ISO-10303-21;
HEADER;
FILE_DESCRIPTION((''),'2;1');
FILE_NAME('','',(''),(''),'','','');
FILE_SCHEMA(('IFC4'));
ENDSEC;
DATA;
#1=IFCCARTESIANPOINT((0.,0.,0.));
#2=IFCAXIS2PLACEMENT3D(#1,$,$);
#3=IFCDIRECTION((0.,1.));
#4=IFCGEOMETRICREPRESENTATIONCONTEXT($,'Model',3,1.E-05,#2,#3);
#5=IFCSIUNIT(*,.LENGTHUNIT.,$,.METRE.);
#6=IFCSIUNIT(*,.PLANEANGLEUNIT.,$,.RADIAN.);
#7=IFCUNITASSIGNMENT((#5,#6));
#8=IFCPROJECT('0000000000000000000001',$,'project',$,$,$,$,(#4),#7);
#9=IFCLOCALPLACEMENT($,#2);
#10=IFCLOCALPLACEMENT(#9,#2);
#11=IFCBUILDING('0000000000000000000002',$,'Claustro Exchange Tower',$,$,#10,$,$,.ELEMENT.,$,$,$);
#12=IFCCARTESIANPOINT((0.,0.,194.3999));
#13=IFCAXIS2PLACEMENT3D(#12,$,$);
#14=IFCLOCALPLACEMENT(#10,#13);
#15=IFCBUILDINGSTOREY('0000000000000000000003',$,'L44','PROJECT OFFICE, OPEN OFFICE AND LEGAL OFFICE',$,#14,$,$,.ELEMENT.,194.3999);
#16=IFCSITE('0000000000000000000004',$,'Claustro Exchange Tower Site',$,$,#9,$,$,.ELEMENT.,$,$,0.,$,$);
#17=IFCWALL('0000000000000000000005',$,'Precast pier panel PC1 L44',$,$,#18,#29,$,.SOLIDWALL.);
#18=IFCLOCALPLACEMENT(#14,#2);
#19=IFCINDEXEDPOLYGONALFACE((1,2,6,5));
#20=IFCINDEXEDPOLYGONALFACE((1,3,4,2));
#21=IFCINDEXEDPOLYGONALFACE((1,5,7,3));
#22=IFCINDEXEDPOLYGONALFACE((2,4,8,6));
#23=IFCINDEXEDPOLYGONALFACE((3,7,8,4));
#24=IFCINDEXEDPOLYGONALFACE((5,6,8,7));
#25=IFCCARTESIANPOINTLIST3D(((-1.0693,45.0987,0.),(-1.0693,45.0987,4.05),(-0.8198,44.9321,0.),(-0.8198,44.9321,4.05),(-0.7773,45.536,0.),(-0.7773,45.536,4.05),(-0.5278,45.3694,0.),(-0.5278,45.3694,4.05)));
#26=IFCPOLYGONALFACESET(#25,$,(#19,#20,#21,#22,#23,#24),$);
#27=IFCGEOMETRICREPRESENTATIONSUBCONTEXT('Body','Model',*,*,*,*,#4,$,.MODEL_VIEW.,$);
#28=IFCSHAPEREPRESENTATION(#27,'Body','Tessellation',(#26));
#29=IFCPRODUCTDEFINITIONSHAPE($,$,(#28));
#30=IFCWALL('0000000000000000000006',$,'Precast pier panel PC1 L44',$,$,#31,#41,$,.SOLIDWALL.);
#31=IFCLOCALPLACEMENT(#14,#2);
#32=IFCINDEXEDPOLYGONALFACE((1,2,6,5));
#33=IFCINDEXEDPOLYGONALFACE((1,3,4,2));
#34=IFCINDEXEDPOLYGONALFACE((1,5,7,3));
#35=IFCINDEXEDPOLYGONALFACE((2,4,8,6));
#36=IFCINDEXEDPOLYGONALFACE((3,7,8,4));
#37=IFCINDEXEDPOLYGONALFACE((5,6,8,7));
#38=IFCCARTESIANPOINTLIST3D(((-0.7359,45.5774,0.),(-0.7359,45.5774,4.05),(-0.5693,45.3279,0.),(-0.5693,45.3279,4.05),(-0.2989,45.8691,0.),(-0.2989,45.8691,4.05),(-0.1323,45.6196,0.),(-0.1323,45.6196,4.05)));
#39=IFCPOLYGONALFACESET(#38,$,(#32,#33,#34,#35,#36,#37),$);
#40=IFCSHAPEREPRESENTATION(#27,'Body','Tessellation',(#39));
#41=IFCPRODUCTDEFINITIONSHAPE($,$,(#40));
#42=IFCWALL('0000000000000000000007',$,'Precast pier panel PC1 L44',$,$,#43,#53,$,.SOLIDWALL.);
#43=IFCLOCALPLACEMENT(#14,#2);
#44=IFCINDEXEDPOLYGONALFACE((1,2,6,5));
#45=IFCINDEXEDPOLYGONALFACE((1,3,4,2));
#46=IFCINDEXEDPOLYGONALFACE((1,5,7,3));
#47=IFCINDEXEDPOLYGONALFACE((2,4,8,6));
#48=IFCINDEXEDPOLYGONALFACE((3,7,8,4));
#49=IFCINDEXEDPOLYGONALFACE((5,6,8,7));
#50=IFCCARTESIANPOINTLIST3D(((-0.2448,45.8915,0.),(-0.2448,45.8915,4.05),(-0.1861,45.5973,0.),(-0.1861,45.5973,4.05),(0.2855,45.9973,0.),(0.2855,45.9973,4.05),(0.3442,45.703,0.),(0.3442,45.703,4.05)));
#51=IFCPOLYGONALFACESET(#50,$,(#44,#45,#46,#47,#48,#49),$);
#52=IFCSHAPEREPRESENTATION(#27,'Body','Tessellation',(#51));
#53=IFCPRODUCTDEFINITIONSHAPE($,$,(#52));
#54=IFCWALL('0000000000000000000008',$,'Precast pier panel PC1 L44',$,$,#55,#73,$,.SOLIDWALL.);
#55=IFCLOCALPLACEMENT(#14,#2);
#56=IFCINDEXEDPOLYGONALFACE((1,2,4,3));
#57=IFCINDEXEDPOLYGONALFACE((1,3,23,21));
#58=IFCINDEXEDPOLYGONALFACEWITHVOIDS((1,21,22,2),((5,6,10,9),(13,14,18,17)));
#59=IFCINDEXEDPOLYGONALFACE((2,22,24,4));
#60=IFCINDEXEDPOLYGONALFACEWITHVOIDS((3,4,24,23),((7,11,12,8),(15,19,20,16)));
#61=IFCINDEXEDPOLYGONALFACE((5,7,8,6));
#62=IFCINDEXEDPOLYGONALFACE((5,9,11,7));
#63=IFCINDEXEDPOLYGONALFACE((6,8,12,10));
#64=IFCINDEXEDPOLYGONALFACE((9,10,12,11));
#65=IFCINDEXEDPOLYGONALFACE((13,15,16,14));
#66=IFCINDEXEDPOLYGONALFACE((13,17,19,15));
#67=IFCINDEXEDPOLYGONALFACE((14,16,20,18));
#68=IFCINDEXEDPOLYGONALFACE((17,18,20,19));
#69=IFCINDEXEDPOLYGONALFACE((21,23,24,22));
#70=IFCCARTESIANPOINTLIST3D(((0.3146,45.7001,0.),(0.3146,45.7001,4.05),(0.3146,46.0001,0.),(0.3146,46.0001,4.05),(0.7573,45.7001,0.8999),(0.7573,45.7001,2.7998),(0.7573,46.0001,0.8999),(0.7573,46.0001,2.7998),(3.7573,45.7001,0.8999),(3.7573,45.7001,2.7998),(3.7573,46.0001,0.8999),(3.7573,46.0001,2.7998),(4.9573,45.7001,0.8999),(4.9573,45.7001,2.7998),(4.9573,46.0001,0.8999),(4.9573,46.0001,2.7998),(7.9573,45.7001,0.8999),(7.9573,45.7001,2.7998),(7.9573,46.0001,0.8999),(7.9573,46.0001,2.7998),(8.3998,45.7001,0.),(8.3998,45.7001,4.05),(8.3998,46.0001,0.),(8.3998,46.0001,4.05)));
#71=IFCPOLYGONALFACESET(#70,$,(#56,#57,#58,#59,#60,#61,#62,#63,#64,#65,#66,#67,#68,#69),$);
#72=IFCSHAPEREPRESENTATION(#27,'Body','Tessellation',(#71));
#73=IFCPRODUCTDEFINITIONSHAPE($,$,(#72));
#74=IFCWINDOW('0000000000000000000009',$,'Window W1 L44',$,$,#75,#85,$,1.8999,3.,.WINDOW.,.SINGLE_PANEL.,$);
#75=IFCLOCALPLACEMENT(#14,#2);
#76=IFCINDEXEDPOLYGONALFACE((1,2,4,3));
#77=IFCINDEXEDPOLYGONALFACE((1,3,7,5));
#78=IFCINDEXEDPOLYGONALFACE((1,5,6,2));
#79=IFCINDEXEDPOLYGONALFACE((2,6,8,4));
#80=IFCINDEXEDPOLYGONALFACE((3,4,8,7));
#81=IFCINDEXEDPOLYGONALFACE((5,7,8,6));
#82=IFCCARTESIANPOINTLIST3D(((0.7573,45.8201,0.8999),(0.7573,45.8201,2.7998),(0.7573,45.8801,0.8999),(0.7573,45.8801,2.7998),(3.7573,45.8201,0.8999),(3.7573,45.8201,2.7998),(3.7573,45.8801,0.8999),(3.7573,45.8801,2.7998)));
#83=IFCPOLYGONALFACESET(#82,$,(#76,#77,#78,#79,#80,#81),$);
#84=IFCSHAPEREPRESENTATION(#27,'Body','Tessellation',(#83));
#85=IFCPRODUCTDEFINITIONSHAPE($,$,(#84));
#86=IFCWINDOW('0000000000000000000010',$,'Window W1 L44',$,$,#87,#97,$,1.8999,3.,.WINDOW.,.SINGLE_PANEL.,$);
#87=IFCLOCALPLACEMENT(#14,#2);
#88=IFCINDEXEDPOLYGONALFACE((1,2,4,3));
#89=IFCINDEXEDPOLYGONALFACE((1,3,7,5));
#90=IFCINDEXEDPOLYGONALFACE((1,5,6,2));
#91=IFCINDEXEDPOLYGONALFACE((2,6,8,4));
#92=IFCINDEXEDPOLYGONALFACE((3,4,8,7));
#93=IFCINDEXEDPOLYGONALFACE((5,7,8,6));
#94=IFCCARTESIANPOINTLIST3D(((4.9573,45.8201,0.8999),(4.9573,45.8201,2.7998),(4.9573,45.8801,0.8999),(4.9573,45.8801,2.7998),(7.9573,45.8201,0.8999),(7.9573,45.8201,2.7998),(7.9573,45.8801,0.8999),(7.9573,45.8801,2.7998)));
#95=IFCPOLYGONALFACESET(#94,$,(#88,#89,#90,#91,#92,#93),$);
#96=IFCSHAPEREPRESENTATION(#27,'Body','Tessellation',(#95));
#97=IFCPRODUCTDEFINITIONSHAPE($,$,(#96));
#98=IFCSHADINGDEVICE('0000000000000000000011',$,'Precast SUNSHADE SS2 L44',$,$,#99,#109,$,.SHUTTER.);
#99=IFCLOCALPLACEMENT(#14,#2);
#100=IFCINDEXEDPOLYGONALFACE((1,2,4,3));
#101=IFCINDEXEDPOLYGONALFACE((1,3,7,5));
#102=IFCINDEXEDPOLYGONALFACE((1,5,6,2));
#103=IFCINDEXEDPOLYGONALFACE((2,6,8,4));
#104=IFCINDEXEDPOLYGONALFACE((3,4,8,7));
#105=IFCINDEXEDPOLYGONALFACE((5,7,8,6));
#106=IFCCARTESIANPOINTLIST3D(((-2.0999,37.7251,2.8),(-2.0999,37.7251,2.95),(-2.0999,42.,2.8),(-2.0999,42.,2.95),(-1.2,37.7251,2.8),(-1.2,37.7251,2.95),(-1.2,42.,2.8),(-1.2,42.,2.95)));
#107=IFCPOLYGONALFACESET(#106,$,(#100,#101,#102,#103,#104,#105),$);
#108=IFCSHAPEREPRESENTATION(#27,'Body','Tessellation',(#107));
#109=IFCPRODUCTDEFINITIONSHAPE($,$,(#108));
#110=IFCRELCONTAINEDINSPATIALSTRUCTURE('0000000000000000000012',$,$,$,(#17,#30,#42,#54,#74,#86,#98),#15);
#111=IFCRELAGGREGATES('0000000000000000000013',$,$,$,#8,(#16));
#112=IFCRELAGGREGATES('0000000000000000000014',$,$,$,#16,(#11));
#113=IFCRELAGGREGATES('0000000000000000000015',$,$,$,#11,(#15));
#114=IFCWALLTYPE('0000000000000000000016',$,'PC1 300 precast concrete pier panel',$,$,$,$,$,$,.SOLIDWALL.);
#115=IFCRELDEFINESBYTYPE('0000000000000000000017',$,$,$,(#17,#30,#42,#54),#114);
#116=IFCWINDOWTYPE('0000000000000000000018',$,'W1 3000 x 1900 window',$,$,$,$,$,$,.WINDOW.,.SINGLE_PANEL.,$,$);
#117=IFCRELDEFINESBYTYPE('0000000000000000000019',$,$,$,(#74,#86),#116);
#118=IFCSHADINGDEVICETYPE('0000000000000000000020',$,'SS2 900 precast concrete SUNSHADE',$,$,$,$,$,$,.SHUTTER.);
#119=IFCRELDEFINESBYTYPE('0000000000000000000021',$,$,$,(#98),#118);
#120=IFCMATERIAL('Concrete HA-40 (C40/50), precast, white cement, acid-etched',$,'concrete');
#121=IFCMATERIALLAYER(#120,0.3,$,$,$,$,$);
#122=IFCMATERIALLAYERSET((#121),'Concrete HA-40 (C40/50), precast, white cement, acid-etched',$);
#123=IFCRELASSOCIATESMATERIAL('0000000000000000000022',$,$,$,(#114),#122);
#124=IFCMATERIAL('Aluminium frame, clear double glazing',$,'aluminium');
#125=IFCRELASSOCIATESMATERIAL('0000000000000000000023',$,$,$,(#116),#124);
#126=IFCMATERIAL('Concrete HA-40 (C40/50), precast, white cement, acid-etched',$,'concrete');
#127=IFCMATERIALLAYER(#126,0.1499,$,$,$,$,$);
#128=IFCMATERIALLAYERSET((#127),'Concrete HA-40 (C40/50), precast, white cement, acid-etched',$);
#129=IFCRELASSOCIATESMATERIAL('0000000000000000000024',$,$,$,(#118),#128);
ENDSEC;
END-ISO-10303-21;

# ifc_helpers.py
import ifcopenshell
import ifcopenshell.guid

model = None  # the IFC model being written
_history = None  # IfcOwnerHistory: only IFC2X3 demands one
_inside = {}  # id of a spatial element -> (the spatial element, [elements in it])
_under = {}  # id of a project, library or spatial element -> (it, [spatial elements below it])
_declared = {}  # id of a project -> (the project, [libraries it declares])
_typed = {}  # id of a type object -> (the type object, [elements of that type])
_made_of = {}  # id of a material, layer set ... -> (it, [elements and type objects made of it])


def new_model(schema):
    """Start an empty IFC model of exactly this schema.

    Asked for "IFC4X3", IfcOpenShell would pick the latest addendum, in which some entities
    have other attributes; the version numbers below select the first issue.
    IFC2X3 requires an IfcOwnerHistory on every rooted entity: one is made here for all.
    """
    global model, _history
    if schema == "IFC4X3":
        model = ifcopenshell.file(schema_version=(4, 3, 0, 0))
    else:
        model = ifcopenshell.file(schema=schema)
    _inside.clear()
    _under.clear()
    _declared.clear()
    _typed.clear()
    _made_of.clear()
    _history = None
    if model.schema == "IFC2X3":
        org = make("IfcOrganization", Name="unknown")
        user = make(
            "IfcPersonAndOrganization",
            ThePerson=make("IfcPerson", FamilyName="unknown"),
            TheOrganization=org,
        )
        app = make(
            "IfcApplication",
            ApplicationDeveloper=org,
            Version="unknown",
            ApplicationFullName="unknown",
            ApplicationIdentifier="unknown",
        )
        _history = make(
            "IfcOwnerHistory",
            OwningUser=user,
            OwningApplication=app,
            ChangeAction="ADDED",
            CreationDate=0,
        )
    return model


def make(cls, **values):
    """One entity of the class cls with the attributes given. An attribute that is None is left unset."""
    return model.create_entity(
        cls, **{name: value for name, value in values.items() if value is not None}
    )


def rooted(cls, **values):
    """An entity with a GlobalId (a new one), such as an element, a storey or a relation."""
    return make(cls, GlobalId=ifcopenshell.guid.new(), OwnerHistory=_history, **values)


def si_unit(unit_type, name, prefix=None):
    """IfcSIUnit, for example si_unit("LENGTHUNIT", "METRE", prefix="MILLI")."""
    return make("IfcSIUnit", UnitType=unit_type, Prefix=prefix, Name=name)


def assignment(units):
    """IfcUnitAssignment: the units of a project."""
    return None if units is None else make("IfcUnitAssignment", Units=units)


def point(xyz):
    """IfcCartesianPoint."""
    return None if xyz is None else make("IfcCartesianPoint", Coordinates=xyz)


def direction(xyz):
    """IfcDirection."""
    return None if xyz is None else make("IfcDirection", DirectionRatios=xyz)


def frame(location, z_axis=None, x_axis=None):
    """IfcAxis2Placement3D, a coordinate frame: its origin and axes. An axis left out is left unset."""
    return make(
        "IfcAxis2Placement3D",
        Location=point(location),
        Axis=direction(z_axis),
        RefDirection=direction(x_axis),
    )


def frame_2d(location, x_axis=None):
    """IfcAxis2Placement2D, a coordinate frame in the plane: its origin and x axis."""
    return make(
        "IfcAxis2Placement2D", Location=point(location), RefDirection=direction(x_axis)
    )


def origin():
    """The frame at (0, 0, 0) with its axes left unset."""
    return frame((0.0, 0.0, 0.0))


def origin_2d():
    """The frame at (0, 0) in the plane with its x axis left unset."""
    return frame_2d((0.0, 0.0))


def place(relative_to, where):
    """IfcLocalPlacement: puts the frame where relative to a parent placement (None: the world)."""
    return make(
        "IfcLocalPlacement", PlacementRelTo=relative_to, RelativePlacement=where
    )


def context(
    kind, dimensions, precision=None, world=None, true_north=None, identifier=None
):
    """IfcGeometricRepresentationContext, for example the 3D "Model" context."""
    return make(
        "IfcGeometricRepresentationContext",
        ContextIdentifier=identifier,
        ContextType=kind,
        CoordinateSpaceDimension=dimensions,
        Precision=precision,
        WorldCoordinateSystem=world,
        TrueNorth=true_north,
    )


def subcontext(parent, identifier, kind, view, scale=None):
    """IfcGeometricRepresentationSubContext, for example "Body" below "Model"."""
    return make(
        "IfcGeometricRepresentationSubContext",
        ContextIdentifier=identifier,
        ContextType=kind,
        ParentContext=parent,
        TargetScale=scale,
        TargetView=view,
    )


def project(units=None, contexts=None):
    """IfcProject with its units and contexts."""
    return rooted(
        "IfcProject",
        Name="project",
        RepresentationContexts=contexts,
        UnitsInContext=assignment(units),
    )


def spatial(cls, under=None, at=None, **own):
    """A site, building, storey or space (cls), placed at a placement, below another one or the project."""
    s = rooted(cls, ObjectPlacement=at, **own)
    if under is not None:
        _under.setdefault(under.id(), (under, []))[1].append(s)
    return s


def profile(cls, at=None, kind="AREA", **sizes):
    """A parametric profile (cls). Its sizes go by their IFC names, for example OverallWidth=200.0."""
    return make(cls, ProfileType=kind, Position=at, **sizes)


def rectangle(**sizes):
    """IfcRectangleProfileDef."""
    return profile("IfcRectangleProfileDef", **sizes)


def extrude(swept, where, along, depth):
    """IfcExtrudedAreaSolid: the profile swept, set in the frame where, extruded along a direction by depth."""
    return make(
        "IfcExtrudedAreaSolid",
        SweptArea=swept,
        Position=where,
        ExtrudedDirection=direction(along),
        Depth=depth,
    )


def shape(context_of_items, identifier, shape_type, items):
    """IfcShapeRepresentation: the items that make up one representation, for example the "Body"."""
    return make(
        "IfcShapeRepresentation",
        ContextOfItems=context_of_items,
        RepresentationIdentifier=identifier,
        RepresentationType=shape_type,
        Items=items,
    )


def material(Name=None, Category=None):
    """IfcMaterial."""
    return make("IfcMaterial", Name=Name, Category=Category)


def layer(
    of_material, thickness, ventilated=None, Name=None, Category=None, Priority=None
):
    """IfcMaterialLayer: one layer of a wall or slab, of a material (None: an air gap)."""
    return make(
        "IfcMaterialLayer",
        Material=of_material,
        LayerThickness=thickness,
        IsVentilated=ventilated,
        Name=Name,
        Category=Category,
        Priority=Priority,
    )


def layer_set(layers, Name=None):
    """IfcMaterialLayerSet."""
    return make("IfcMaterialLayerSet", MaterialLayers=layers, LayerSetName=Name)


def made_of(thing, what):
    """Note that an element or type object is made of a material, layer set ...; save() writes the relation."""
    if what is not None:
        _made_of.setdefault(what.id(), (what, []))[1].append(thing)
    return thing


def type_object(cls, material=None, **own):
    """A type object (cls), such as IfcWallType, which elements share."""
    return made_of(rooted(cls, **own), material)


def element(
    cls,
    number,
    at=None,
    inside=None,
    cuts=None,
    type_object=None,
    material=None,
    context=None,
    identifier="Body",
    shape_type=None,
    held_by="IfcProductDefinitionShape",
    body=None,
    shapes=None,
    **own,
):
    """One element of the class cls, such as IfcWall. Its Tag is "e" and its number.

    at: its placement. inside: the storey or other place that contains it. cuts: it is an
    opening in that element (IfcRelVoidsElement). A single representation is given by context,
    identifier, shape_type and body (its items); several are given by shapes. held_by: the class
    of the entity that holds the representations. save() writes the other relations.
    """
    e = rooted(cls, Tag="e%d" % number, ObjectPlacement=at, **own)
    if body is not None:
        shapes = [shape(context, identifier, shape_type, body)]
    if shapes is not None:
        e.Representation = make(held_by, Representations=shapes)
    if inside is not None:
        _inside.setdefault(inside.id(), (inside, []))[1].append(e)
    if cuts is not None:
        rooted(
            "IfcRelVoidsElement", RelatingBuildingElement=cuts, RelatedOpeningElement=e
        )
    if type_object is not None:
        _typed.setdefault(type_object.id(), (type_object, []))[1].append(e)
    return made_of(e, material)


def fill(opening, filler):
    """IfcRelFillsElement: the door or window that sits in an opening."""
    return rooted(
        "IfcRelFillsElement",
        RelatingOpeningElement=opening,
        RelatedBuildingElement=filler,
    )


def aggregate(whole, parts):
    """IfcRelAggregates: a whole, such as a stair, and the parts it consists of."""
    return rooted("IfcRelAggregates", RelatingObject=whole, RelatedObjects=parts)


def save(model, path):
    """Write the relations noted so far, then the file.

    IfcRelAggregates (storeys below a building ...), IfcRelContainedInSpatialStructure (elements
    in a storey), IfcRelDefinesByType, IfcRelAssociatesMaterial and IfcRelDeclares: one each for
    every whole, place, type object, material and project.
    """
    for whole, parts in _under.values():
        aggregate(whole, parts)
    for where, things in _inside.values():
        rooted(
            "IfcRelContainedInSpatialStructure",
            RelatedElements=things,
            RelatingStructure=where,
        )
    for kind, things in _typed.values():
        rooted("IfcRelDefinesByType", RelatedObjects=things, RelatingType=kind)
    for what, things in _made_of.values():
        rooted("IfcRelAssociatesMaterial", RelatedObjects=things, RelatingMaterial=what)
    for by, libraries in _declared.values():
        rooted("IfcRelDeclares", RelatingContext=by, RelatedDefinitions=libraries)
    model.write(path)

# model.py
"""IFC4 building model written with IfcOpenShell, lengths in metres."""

from ifc_helpers import new_model, si_unit, direction, frame, frame_2d, origin, origin_2d, place, context, subcontext, project, spatial, rectangle, extrude, material, layer, layer_set, type_object, element, fill, save


model = new_model("IFC4")

# Units and contexts
model_context = context("Model", 3, precision=1e-05, world=origin(), true_north=direction((0.0, 1.0)))
body_context = subcontext(model_context, "Body", "Model", "MODEL_VIEW")
ifc_project = project(units=[si_unit("LENGTHUNIT", "METRE"), si_unit("PLANEANGLEUNIT", "RADIAN")], contexts=[model_context])

# Site, building, storey
site_placement = place(None, origin())
site = spatial("IfcSite", under=ifc_project, at=site_placement, Name="Claustro Exchange Tower Site", CompositionType="ELEMENT", RefElevation=0.0)
building_placement = place(site_placement, origin())
building = spatial("IfcBuilding", under=site, at=building_placement, Name="Claustro Exchange Tower", CompositionType="ELEMENT")
storey_placement = place(building_placement, frame((0.0, 0.0, 194.3999)))
storey = spatial("IfcBuildingStorey", under=building, at=storey_placement, Name="L44", Description="PROJECT OFFICE, OPEN OFFICE AND LEGAL OFFICE", CompositionType="ELEMENT", Elevation=194.3999)

# Shared definitions
ifc_material_1 = material(Name="Concrete HA-40 (C40/50), precast, white cement, acid-etched", Category="concrete")
ifc_layer_1 = layer(ifc_material_1, 0.3)
ifc_layer_set_1 = layer_set([ifc_layer_1], Name="Concrete HA-40 (C40/50), precast, white cement, acid-etched")
wall_type_1 = type_object("IfcWallType", Name="PC1 300 precast concrete pier panel", PredefinedType="SOLIDWALL", material=ifc_layer_set_1)

# Walls
wall_1_placement = place(storey_placement, frame((-0.9446, 45.0154, 0.0), z_axis=(0.0, 0.0, 1.0), x_axis=(0.555343, 0.831621, 0.0)))
element("IfcWall", 1, at=wall_1_placement, inside=storey, type_object=wall_type_1, Name="Precast pier panel PC1 L44", PredefinedType="SOLIDWALL", context=body_context, shape_type="SweptSolid", body=[
    extrude(rectangle(XDim=0.5259, YDim=0.3, at=frame_2d((0.2629, 0.0))), origin(), (0.0, 0.0, 1.0), 4.05),
])
wall_2_placement = place(storey_placement, frame((-0.6526, 45.4526, 0.0), z_axis=(0.0, 0.0, 1.0), x_axis=(0.831693, 0.555236, 0.0)))
element("IfcWall", 2, at=wall_2_placement, inside=storey, type_object=wall_type_1, Name="Precast pier panel PC1 L44", PredefinedType="SOLIDWALL", context=body_context, shape_type="SweptSolid", body=[
    extrude(rectangle(XDim=0.5254, YDim=0.3, at=frame_2d((0.2627, 0.0))), origin(), (0.0, 0.0, 1.0), 4.05),
])
wall_3_placement = place(storey_placement, frame((-0.2156, 45.7444, 0.0), z_axis=(0.0, 0.0, 1.0), x_axis=(0.980702, 0.195508, 0.0)))
element("IfcWall", 3, at=wall_3_placement, inside=storey, type_object=wall_type_1, Name="Precast pier panel PC1 L44", PredefinedType="SOLIDWALL", context=body_context, shape_type="SweptSolid", body=[
    extrude(rectangle(XDim=0.5408, YDim=0.3, at=frame_2d((0.2705, 0.0))), origin(), (0.0, 0.0, 1.0), 4.05),
])

# Wall, openings, windows
wall_4_placement = place(storey_placement, frame((0.3147, 45.8501, 0.0), z_axis=(0.0, 0.0, 1.0), x_axis=(1.0, 0.0, 0.0)))
wall_4 = element("IfcWall", 4, at=wall_4_placement, inside=storey, type_object=wall_type_1, Name="Precast pier panel PC1 L44", PredefinedType="SOLIDWALL", context=body_context, shape_type="SweptSolid", body=[
    extrude(rectangle(XDim=8.0852, YDim=0.3, at=frame_2d((4.0425, 0.0))), origin(), (0.0, 0.0, 1.0), 4.05),
])
opening_1_placement = place(wall_4_placement, frame((0.4426, 0.0, 0.8999)))
opening_1 = element("IfcOpeningElement", 5, at=opening_1_placement, cuts=wall_4, PredefinedType="OPENING", context=body_context, shape_type="SweptSolid", body=[
    extrude(rectangle(XDim=3.0, YDim=1.8999, at=frame_2d((1.5, 0.95))), frame((0.0, 0.1599, 0.0), z_axis=(0.0, -1.0, 0.0), x_axis=(1.0, 0.0, 0.0)), (0.0, 0.0, 1.0), 0.3201),
])
opening_2_placement = place(wall_4_placement, frame((4.6426, 0.0, 0.8999)))
opening_2 = element("IfcOpeningElement", 6, at=opening_2_placement, cuts=wall_4, PredefinedType="OPENING", context=body_context, shape_type="SweptSolid", body=[
    extrude(rectangle(XDim=3.0, YDim=1.8999, at=frame_2d((1.5, 0.95))), frame((0.0, 0.1599, 0.0), z_axis=(0.0, -1.0, 0.0), x_axis=(1.0, 0.0, 0.0)), (0.0, 0.0, 1.0), 0.3201),
])
ifc_material_2 = material(Name="Aluminium frame, clear double glazing", Category="aluminium")
window_type_1 = type_object("IfcWindowType", Name="W1 3000 x 1900 window", PartitioningType="SINGLE_PANEL", PredefinedType="WINDOW", material=ifc_material_2)
window_1_placement = place(opening_1_placement, origin())
window_1 = element("IfcWindow", 7, at=window_1_placement, inside=storey, type_object=window_type_1, Name="Window W1 L44", OverallHeight=1.8999, OverallWidth=3.0, PartitioningType="SINGLE_PANEL", PredefinedType="WINDOW", context=body_context, shape_type="SweptSolid", body=[
    extrude(rectangle(XDim=3.0, YDim=1.8999, at=frame_2d((1.5, 0.95))), frame((0.0, 0.03, 0.0), z_axis=(0.0, -1.0, 0.0), x_axis=(1.0, 0.0, 0.0)), (0.0, 0.0, 1.0), 0.0601),
])
fill(opening_1, window_1)
window_2_placement = place(opening_2_placement, origin())
window_2 = element("IfcWindow", 8, at=window_2_placement, inside=storey, type_object=window_type_1, Name="Window W1 L44", OverallHeight=1.8999, OverallWidth=3.0, PartitioningType="SINGLE_PANEL", PredefinedType="WINDOW", context=body_context, shape_type="SweptSolid", body=[
    extrude(rectangle(XDim=3.0, YDim=1.8999, at=frame_2d((1.5, 0.95))), frame((0.0, 0.03, 0.0), z_axis=(0.0, -1.0, 0.0), x_axis=(1.0, 0.0, 0.0)), (0.0, 0.0, 1.0), 0.0601),
])
fill(opening_2, window_2)

# Shading device
ifc_material_3 = material(Name="Concrete HA-40 (C40/50), precast, white cement, acid-etched", Category="concrete")
ifc_layer_2 = layer(ifc_material_3, 0.1499)
ifc_layer_set_2 = layer_set([ifc_layer_2], Name="Concrete HA-40 (C40/50), precast, white cement, acid-etched")
shading_device_type = type_object("IfcShadingDeviceType", Name="SS2 900 precast concrete SUNSHADE", PredefinedType="SHUTTER", material=ifc_layer_set_2)
shading_device_placement = place(storey_placement, frame((-1.6499, 39.8625, 2.8), z_axis=(0.0, 0.0, 1.0), x_axis=(0.0, 1.0, 0.0)))
element("IfcShadingDevice", 9, at=shading_device_placement, inside=storey, type_object=shading_device_type, Name="Precast SUNSHADE SS2 L44", PredefinedType="SHUTTER", context=body_context, shape_type="SweptSolid", body=[
    extrude(rectangle(XDim=4.2749, YDim=0.8999, at=origin_2d()), origin(), (0.0, 0.0, 1.0), 0.1499),
])

save(model, "model.ifc")
